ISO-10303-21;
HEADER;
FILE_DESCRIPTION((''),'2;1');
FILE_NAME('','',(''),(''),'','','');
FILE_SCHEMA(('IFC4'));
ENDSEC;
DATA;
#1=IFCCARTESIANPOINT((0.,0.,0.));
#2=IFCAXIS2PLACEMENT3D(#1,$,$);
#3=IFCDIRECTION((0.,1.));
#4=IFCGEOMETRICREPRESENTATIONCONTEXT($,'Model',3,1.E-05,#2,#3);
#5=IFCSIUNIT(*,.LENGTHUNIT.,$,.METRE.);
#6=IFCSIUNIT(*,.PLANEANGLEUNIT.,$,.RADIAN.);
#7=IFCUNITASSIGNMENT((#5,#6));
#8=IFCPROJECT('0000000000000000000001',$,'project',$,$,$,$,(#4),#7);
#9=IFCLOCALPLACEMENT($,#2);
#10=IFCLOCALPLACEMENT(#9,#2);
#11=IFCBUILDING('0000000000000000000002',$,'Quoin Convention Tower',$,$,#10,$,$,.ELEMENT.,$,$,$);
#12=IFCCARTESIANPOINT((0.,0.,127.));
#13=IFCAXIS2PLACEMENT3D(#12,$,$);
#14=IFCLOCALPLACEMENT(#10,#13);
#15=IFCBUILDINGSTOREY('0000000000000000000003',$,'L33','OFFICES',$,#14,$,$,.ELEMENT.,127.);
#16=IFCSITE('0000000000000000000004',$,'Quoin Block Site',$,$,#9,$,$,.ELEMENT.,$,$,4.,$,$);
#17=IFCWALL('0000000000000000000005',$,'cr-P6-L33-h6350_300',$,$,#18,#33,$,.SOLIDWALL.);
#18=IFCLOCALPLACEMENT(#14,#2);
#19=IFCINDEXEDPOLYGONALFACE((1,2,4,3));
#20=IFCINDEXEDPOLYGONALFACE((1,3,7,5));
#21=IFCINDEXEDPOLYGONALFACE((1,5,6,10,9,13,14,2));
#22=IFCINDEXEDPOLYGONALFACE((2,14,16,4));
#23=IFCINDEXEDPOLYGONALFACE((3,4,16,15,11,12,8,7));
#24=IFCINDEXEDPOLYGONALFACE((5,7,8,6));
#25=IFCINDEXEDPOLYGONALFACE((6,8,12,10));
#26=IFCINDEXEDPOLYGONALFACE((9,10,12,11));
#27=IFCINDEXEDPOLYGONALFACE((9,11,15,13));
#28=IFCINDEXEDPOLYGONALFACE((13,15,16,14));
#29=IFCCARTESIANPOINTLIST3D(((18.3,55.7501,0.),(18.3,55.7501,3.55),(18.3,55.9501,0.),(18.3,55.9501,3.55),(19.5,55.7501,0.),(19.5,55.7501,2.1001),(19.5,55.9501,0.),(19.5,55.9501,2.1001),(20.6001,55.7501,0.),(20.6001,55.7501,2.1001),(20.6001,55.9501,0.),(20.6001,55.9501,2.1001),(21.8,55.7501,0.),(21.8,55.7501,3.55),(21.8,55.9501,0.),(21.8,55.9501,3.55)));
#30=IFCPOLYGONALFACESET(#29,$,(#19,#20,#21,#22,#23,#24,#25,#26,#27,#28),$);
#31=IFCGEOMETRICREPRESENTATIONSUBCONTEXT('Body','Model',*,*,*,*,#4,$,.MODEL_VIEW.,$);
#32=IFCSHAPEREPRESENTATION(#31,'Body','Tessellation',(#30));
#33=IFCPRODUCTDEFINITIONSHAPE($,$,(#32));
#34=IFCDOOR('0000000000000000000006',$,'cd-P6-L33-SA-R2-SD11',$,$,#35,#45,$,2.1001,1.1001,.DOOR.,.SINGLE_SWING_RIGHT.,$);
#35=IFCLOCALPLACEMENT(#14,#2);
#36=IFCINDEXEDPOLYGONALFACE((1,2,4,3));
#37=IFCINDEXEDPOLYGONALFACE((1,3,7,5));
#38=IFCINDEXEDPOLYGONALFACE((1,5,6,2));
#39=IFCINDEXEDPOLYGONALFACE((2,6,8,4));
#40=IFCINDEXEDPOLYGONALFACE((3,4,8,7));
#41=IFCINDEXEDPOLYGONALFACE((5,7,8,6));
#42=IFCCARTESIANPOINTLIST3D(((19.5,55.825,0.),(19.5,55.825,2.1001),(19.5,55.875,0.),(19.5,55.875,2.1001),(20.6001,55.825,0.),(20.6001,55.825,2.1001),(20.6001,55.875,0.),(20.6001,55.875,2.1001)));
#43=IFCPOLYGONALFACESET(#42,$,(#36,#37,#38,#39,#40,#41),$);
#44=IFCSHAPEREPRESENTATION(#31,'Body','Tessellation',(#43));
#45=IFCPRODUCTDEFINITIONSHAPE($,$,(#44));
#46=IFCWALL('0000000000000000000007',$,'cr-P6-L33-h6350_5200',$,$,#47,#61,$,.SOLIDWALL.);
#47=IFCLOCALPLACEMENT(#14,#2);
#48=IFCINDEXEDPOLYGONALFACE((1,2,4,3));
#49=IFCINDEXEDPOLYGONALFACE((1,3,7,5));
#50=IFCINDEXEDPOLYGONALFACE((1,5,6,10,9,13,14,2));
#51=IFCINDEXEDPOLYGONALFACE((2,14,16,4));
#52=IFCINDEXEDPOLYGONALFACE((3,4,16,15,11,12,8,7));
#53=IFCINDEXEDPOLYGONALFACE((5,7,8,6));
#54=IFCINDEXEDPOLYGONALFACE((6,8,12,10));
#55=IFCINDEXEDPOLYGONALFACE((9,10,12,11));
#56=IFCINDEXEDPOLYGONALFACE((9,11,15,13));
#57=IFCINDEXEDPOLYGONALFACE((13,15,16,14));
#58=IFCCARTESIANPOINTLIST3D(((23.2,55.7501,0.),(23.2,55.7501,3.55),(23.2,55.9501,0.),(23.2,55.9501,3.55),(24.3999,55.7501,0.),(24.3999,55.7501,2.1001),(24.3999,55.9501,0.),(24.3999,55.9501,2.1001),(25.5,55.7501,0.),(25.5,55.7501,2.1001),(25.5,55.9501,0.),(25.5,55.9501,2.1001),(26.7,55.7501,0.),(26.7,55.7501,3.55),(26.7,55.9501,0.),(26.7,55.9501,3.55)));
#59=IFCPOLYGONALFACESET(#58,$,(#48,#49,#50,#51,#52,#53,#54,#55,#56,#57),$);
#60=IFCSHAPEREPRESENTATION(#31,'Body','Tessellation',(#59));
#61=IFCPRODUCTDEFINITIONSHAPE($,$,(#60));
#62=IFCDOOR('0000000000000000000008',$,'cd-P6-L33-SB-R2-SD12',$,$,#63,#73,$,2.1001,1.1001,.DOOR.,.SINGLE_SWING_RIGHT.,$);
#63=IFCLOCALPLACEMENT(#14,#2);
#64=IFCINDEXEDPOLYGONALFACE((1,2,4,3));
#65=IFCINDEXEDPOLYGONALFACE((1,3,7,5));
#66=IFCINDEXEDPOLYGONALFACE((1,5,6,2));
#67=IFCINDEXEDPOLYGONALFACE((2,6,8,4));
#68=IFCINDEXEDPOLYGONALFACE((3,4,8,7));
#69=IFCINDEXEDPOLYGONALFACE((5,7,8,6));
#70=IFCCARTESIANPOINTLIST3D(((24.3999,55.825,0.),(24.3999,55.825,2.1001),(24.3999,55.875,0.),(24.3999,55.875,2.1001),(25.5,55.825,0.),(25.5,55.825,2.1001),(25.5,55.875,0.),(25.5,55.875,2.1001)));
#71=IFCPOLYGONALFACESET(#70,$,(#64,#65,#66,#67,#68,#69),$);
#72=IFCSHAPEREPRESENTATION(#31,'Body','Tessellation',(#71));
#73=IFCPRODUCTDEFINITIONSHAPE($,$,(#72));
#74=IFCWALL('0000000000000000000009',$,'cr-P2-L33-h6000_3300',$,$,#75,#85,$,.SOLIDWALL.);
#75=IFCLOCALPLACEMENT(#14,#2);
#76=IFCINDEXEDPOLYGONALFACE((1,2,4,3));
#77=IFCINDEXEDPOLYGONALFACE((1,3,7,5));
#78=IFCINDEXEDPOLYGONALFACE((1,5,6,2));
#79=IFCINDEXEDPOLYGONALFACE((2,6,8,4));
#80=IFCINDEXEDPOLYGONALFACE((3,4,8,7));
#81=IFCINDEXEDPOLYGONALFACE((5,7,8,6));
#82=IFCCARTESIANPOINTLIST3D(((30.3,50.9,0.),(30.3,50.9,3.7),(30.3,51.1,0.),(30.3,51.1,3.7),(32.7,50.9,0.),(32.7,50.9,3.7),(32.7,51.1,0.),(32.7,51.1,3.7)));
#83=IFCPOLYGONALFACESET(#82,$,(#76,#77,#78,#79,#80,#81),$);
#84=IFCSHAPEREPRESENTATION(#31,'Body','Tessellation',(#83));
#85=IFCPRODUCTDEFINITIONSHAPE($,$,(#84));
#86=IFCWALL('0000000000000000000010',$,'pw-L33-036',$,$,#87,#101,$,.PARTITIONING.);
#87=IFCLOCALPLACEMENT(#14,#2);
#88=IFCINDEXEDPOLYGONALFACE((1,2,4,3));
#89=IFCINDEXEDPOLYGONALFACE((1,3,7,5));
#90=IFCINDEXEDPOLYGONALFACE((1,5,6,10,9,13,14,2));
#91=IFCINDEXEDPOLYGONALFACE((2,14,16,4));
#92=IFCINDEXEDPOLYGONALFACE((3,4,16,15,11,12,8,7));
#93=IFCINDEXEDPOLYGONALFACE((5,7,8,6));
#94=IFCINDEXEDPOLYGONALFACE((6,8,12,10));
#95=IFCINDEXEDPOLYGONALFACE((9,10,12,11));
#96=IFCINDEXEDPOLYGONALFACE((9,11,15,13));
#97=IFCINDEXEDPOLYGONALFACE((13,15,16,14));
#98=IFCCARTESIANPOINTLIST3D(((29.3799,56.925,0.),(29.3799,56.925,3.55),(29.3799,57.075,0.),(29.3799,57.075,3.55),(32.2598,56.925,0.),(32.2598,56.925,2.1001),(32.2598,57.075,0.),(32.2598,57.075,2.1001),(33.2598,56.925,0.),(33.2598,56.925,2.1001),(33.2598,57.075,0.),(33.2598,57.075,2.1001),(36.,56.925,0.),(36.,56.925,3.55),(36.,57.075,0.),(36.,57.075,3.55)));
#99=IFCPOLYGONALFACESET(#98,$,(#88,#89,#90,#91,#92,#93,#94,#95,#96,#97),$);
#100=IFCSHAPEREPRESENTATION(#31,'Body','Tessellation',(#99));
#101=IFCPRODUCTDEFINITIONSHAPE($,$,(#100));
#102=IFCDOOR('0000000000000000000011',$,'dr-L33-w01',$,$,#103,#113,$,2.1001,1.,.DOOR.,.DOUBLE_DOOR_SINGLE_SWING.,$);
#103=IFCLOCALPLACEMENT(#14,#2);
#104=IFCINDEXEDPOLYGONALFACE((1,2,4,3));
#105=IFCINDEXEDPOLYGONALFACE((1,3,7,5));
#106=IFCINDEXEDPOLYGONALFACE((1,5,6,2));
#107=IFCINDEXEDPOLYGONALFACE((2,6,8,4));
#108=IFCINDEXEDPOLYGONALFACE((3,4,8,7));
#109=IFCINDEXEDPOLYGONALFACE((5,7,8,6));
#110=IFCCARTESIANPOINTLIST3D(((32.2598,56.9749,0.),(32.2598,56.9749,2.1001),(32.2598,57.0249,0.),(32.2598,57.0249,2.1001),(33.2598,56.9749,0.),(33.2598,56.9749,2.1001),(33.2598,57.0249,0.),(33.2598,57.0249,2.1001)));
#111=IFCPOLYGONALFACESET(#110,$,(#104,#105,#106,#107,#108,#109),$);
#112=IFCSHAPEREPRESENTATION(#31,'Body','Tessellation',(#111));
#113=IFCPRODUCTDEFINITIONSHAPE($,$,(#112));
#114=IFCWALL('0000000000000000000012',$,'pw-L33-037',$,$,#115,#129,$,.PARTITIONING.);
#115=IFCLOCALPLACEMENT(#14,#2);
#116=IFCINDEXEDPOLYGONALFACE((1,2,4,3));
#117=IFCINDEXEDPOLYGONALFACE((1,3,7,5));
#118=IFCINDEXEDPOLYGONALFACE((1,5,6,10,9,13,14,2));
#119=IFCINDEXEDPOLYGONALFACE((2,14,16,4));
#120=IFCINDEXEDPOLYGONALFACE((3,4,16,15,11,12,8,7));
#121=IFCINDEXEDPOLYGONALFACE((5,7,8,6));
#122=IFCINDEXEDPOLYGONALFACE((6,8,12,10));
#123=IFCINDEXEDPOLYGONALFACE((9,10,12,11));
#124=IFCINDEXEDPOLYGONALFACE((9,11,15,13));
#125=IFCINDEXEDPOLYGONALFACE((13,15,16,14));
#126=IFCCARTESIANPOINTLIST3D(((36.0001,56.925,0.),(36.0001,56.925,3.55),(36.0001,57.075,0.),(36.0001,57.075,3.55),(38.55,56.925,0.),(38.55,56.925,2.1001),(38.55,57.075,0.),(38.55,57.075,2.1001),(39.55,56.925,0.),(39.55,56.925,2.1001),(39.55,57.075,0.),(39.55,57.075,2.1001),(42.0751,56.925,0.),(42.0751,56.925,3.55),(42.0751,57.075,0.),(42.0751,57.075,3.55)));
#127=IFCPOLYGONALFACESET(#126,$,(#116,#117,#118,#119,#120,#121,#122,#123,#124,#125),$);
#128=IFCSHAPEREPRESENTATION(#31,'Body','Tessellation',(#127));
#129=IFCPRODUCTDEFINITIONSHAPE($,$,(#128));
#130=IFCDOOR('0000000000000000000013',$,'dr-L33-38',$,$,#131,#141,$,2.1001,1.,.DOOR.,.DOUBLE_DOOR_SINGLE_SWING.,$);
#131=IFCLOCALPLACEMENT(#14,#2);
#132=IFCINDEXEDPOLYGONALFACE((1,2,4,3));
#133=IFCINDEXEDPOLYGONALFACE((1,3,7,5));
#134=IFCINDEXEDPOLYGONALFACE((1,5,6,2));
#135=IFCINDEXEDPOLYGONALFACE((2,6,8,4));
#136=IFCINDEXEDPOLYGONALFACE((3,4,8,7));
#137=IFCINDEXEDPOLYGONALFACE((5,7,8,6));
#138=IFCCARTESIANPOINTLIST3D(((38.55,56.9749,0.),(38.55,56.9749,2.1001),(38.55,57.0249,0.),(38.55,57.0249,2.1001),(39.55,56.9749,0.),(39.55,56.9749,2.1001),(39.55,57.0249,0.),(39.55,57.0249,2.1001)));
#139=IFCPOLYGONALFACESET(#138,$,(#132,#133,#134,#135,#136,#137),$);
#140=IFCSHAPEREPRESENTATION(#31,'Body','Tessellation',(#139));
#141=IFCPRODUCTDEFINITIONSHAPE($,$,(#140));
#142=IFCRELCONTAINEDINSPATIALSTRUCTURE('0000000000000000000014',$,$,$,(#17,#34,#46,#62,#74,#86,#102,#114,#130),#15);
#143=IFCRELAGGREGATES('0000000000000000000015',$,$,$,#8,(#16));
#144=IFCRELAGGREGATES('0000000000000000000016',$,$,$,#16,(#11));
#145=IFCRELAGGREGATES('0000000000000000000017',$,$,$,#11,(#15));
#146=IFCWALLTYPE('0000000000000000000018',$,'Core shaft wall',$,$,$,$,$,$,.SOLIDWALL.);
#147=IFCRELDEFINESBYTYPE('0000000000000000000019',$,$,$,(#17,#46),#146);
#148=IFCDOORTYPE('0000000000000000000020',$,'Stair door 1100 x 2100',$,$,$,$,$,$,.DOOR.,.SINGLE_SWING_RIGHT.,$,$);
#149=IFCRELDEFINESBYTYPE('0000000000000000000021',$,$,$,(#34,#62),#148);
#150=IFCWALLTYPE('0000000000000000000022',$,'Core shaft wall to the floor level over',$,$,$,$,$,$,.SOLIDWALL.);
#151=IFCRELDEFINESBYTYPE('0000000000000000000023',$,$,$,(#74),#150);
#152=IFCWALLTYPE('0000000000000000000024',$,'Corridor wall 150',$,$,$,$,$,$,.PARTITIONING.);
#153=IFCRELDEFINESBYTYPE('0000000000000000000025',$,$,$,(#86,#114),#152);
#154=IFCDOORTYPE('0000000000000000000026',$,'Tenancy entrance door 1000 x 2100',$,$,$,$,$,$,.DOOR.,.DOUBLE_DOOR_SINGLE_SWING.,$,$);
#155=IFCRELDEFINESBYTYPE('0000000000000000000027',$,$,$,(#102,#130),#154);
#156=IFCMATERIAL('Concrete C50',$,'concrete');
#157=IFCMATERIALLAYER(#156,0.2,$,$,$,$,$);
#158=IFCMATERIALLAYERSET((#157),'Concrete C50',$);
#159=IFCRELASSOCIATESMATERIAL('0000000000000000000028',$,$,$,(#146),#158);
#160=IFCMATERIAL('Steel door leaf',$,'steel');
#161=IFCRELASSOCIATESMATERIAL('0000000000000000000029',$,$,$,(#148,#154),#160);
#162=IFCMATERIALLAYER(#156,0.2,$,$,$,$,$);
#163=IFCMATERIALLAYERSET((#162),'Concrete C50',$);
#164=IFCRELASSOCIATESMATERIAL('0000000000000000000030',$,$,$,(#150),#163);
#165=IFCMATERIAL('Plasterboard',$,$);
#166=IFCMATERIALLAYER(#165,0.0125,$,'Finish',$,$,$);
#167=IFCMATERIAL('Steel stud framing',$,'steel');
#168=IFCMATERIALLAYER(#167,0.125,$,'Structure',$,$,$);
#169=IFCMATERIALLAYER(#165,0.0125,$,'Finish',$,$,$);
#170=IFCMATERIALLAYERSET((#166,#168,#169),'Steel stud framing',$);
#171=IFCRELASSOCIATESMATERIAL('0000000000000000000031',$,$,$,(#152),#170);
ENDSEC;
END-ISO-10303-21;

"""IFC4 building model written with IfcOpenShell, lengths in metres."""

from ifc_helpers import new_model, si_unit, direction, frame, frame_2d, origin, place, context, subcontext, project, spatial, rectangle, extrude, material, layer, layer_set, type_object, element, fill, save


model = new_model("IFC4")

# Units and contexts
model_context = context("Model", 3, precision=1e-05, world=origin(), true_north=direction((0.0, 1.0)))
body_context = subcontext(model_context, "Body", "Model", "MODEL_VIEW")
ifc_project = project(units=[si_unit("LENGTHUNIT", "METRE"), si_unit("PLANEANGLEUNIT", "RADIAN")], contexts=[model_context])

# Site, building, storey
site_placement = place(None, origin())
site = spatial("IfcSite", under=ifc_project, at=site_placement, Name="Quoin Block Site", CompositionType="ELEMENT", RefElevation=4.0)
building_placement = place(site_placement, origin())
building = spatial("IfcBuilding", under=site, at=building_placement, Name="Quoin Convention Tower", CompositionType="ELEMENT")
storey_placement = place(building_placement, frame((0.0, 0.0, 127.0)))
storey = spatial("IfcBuildingStorey", under=building, at=storey_placement, Name="L33", Description="OFFICES", CompositionType="ELEMENT", Elevation=127.0)

# Shared definitions
ifc_material_1 = material(Name="Concrete C50", Category="concrete")
ifc_layer_1 = layer(ifc_material_1, 0.2)
ifc_layer_set_1 = layer_set([ifc_layer_1], Name="Concrete C50")
wall_type_1 = type_object("IfcWallType", Name="Core shaft wall", PredefinedType="SOLIDWALL", material=ifc_layer_set_1)

# Walls, openings, doors
wall_1_placement = place(storey_placement, frame((18.3, 55.8501, 0.0), z_axis=(0.0, 0.0, 1.0), x_axis=(1.0, 0.0, 0.0)))
wall_1 = element("IfcWall", 1, at=wall_1_placement, inside=storey, type_object=wall_type_1, Name="cr-P6-L33-h6350_300", PredefinedType="SOLIDWALL", context=body_context, shape_type="SweptSolid", body=[
    extrude(rectangle(XDim=3.5, YDim=0.2, at=frame_2d((1.75, 0.0))), origin(), (0.0, 0.0, 1.0), 3.55),
])
opening_1_placement = place(wall_1_placement, frame((1.2, 0.0, 0.0)))
opening_1 = element("IfcOpeningElement", 2, at=opening_1_placement, cuts=wall_1, PredefinedType="OPENING", context=body_context, shape_type="SweptSolid", body=[
    extrude(rectangle(XDim=1.1001, YDim=2.1001, at=frame_2d((0.55, 1.05))), frame((0.0, 0.1099, 0.0), z_axis=(0.0, -1.0, 0.0), x_axis=(1.0, 0.0, 0.0)), (0.0, 0.0, 1.0), 0.22),
])
ifc_material_2 = material(Name="Steel door leaf", Category="steel")
door_type_1 = type_object("IfcDoorType", Name="Stair door 1100 x 2100", OperationType="SINGLE_SWING_RIGHT", PredefinedType="DOOR", material=ifc_material_2)
door_1_placement = place(opening_1_placement, origin())
door_1 = element("IfcDoor", 3, at=door_1_placement, inside=storey, type_object=door_type_1, Name="cd-P6-L33-SA-R2-SD11", OperationType="SINGLE_SWING_RIGHT", OverallHeight=2.1001, OverallWidth=1.1001, PredefinedType="DOOR", context=body_context, shape_type="SweptSolid", body=[
    extrude(rectangle(XDim=1.1001, YDim=2.1001, at=frame_2d((0.55, 1.05))), frame((0.0, 0.0249, 0.0), z_axis=(0.0, -1.0, 0.0), x_axis=(1.0, 0.0, 0.0)), (0.0, 0.0, 1.0), 0.05),
])
fill(opening_1, door_1)
wall_2_placement = place(storey_placement, frame((23.2, 55.8501, 0.0), z_axis=(0.0, 0.0, 1.0), x_axis=(1.0, 0.0, 0.0)))
wall_2 = element("IfcWall", 4, at=wall_2_placement, inside=storey, type_object=wall_type_1, Name="cr-P6-L33-h6350_5200", PredefinedType="SOLIDWALL", context=body_context, shape_type="SweptSolid", body=[
    extrude(rectangle(XDim=3.5, YDim=0.2, at=frame_2d((1.75, 0.0))), origin(), (0.0, 0.0, 1.0), 3.55),
])
opening_2_placement = place(wall_2_placement, frame((1.2, 0.0, 0.0)))
opening_2 = element("IfcOpeningElement", 5, at=opening_2_placement, cuts=wall_2, PredefinedType="OPENING", context=body_context, shape_type="SweptSolid", body=[
    extrude(rectangle(XDim=1.1001, YDim=2.1001, at=frame_2d((0.55, 1.05))), frame((0.0, 0.1099, 0.0), z_axis=(0.0, -1.0, 0.0), x_axis=(1.0, 0.0, 0.0)), (0.0, 0.0, 1.0), 0.22),
])
door_2_placement = place(opening_2_placement, origin())
door_2 = element("IfcDoor", 6, at=door_2_placement, inside=storey, type_object=door_type_1, Name="cd-P6-L33-SB-R2-SD12", OperationType="SINGLE_SWING_RIGHT", OverallHeight=2.1001, OverallWidth=1.1001, PredefinedType="DOOR", context=body_context, shape_type="SweptSolid", body=[
    extrude(rectangle(XDim=1.1001, YDim=2.1001, at=frame_2d((0.55, 1.05))), frame((0.0, 0.0249, 0.0), z_axis=(0.0, -1.0, 0.0), x_axis=(1.0, 0.0, 0.0)), (0.0, 0.0, 1.0), 0.05),
])
fill(opening_2, door_2)

# Wall
ifc_layer_2 = layer(ifc_material_1, 0.2)
ifc_layer_set_2 = layer_set([ifc_layer_2], Name="Concrete C50")
wall_type_2 = type_object("IfcWallType", Name="Core shaft wall to the floor level over", PredefinedType="SOLIDWALL", material=ifc_layer_set_2)
wall_3_placement = place(storey_placement, frame((30.3, 51.0, 0.0), z_axis=(0.0, 0.0, 1.0), x_axis=(1.0, 0.0, 0.0)))
element("IfcWall", 7, at=wall_3_placement, inside=storey, type_object=wall_type_2, Name="cr-P2-L33-h6000_3300", PredefinedType="SOLIDWALL", context=body_context, shape_type="SweptSolid", body=[
    extrude(rectangle(XDim=2.3999, YDim=0.2, at=frame_2d((1.2, 0.0))), origin(), (0.0, 0.0, 1.0), 3.7),
])

# Walls, openings, doors
ifc_material_3 = material(Name="Plasterboard")
ifc_layer_3 = layer(ifc_material_3, 0.0125, Name="Finish")
ifc_material_4 = material(Name="Steel stud framing", Category="steel")
ifc_layer_4 = layer(ifc_material_4, 0.125, Name="Structure")
ifc_layer_5 = layer(ifc_material_3, 0.0125, Name="Finish")
ifc_layer_set_3 = layer_set([ifc_layer_3, ifc_layer_4, ifc_layer_5], Name="Steel stud framing")
wall_type_3 = type_object("IfcWallType", Name="Corridor wall 150", PredefinedType="PARTITIONING", material=ifc_layer_set_3)
wall_4_placement = place(storey_placement, frame((29.3799, 57.0, 0.0), z_axis=(0.0, 0.0, 1.0), x_axis=(1.0, 0.0, 0.0)))
wall_4 = element("IfcWall", 8, at=wall_4_placement, inside=storey, type_object=wall_type_3, Name="pw-L33-036", PredefinedType="PARTITIONING", context=body_context, shape_type="SweptSolid", body=[
    extrude(rectangle(XDim=6.6201, YDim=0.1499, at=frame_2d((3.3101, 0.0))), origin(), (0.0, 0.0, 1.0), 3.55),
])
opening_3_placement = place(wall_4_placement, frame((2.8799, 0.0, 0.0)))
opening_3 = element("IfcOpeningElement", 9, at=opening_3_placement, cuts=wall_4, PredefinedType="OPENING", context=body_context, shape_type="SweptSolid", body=[
    extrude(rectangle(XDim=1.0, YDim=2.1001, at=frame_2d((0.5, 1.05))), frame((0.0, 0.085, 0.0), z_axis=(0.0, -1.0, 0.0), x_axis=(1.0, 0.0, 0.0)), (0.0, 0.0, 1.0), 0.1699),
])
door_type_2 = type_object("IfcDoorType", Name="Tenancy entrance door 1000 x 2100", OperationType="DOUBLE_DOOR_SINGLE_SWING", PredefinedType="DOOR", material=ifc_material_2)
door_3_placement = place(opening_3_placement, origin())
door_3 = element("IfcDoor", 10, at=door_3_placement, inside=storey, type_object=door_type_2, Name="dr-L33-w01", OperationType="DOUBLE_DOOR_SINGLE_SWING", OverallHeight=2.1001, OverallWidth=1.0, PredefinedType="DOOR", context=body_context, shape_type="SweptSolid", body=[
    extrude(rectangle(XDim=1.0, YDim=2.1001, at=frame_2d((0.5, 1.05))), frame((0.0, 0.0249, 0.0), z_axis=(0.0, -1.0, 0.0), x_axis=(1.0, 0.0, 0.0)), (0.0, 0.0, 1.0), 0.05),
])
fill(opening_3, door_3)
wall_5_placement = place(storey_placement, frame((36.0, 57.0, 0.0), z_axis=(0.0, 0.0, 1.0), x_axis=(1.0, 0.0, 0.0)))
wall_5 = element("IfcWall", 11, at=wall_5_placement, inside=storey, type_object=wall_type_3, Name="pw-L33-037", PredefinedType="PARTITIONING", context=body_context, shape_type="SweptSolid", body=[
    extrude(rectangle(XDim=6.075, YDim=0.1499, at=frame_2d((3.0376, 0.0))), origin(), (0.0, 0.0, 1.0), 3.55),
])
opening_4_placement = place(wall_5_placement, frame((2.55, 0.0, 0.0)))
opening_4 = element("IfcOpeningElement", 12, at=opening_4_placement, cuts=wall_5, PredefinedType="OPENING", context=body_context, shape_type="SweptSolid", body=[
    extrude(rectangle(XDim=1.0, YDim=2.1001, at=frame_2d((0.5, 1.05))), frame((0.0, 0.085, 0.0), z_axis=(0.0, -1.0, 0.0), x_axis=(1.0, 0.0, 0.0)), (0.0, 0.0, 1.0), 0.1699),
])
door_4_placement = place(opening_4_placement, origin())
door_4 = element("IfcDoor", 13, at=door_4_placement, inside=storey, type_object=door_type_2, Name="dr-L33-38", OperationType="DOUBLE_DOOR_SINGLE_SWING", OverallHeight=2.1001, OverallWidth=1.0, PredefinedType="DOOR", context=body_context, shape_type="SweptSolid", body=[
    extrude(rectangle(XDim=1.0, YDim=2.1001, at=frame_2d((0.5, 1.05))), frame((0.0, 0.0249, 0.0), z_axis=(0.0, -1.0, 0.0), x_axis=(1.0, 0.0, 0.0)), (0.0, 0.0, 1.0), 0.05),
])
fill(opening_4, door_4)

save(model, "model.ifc")
